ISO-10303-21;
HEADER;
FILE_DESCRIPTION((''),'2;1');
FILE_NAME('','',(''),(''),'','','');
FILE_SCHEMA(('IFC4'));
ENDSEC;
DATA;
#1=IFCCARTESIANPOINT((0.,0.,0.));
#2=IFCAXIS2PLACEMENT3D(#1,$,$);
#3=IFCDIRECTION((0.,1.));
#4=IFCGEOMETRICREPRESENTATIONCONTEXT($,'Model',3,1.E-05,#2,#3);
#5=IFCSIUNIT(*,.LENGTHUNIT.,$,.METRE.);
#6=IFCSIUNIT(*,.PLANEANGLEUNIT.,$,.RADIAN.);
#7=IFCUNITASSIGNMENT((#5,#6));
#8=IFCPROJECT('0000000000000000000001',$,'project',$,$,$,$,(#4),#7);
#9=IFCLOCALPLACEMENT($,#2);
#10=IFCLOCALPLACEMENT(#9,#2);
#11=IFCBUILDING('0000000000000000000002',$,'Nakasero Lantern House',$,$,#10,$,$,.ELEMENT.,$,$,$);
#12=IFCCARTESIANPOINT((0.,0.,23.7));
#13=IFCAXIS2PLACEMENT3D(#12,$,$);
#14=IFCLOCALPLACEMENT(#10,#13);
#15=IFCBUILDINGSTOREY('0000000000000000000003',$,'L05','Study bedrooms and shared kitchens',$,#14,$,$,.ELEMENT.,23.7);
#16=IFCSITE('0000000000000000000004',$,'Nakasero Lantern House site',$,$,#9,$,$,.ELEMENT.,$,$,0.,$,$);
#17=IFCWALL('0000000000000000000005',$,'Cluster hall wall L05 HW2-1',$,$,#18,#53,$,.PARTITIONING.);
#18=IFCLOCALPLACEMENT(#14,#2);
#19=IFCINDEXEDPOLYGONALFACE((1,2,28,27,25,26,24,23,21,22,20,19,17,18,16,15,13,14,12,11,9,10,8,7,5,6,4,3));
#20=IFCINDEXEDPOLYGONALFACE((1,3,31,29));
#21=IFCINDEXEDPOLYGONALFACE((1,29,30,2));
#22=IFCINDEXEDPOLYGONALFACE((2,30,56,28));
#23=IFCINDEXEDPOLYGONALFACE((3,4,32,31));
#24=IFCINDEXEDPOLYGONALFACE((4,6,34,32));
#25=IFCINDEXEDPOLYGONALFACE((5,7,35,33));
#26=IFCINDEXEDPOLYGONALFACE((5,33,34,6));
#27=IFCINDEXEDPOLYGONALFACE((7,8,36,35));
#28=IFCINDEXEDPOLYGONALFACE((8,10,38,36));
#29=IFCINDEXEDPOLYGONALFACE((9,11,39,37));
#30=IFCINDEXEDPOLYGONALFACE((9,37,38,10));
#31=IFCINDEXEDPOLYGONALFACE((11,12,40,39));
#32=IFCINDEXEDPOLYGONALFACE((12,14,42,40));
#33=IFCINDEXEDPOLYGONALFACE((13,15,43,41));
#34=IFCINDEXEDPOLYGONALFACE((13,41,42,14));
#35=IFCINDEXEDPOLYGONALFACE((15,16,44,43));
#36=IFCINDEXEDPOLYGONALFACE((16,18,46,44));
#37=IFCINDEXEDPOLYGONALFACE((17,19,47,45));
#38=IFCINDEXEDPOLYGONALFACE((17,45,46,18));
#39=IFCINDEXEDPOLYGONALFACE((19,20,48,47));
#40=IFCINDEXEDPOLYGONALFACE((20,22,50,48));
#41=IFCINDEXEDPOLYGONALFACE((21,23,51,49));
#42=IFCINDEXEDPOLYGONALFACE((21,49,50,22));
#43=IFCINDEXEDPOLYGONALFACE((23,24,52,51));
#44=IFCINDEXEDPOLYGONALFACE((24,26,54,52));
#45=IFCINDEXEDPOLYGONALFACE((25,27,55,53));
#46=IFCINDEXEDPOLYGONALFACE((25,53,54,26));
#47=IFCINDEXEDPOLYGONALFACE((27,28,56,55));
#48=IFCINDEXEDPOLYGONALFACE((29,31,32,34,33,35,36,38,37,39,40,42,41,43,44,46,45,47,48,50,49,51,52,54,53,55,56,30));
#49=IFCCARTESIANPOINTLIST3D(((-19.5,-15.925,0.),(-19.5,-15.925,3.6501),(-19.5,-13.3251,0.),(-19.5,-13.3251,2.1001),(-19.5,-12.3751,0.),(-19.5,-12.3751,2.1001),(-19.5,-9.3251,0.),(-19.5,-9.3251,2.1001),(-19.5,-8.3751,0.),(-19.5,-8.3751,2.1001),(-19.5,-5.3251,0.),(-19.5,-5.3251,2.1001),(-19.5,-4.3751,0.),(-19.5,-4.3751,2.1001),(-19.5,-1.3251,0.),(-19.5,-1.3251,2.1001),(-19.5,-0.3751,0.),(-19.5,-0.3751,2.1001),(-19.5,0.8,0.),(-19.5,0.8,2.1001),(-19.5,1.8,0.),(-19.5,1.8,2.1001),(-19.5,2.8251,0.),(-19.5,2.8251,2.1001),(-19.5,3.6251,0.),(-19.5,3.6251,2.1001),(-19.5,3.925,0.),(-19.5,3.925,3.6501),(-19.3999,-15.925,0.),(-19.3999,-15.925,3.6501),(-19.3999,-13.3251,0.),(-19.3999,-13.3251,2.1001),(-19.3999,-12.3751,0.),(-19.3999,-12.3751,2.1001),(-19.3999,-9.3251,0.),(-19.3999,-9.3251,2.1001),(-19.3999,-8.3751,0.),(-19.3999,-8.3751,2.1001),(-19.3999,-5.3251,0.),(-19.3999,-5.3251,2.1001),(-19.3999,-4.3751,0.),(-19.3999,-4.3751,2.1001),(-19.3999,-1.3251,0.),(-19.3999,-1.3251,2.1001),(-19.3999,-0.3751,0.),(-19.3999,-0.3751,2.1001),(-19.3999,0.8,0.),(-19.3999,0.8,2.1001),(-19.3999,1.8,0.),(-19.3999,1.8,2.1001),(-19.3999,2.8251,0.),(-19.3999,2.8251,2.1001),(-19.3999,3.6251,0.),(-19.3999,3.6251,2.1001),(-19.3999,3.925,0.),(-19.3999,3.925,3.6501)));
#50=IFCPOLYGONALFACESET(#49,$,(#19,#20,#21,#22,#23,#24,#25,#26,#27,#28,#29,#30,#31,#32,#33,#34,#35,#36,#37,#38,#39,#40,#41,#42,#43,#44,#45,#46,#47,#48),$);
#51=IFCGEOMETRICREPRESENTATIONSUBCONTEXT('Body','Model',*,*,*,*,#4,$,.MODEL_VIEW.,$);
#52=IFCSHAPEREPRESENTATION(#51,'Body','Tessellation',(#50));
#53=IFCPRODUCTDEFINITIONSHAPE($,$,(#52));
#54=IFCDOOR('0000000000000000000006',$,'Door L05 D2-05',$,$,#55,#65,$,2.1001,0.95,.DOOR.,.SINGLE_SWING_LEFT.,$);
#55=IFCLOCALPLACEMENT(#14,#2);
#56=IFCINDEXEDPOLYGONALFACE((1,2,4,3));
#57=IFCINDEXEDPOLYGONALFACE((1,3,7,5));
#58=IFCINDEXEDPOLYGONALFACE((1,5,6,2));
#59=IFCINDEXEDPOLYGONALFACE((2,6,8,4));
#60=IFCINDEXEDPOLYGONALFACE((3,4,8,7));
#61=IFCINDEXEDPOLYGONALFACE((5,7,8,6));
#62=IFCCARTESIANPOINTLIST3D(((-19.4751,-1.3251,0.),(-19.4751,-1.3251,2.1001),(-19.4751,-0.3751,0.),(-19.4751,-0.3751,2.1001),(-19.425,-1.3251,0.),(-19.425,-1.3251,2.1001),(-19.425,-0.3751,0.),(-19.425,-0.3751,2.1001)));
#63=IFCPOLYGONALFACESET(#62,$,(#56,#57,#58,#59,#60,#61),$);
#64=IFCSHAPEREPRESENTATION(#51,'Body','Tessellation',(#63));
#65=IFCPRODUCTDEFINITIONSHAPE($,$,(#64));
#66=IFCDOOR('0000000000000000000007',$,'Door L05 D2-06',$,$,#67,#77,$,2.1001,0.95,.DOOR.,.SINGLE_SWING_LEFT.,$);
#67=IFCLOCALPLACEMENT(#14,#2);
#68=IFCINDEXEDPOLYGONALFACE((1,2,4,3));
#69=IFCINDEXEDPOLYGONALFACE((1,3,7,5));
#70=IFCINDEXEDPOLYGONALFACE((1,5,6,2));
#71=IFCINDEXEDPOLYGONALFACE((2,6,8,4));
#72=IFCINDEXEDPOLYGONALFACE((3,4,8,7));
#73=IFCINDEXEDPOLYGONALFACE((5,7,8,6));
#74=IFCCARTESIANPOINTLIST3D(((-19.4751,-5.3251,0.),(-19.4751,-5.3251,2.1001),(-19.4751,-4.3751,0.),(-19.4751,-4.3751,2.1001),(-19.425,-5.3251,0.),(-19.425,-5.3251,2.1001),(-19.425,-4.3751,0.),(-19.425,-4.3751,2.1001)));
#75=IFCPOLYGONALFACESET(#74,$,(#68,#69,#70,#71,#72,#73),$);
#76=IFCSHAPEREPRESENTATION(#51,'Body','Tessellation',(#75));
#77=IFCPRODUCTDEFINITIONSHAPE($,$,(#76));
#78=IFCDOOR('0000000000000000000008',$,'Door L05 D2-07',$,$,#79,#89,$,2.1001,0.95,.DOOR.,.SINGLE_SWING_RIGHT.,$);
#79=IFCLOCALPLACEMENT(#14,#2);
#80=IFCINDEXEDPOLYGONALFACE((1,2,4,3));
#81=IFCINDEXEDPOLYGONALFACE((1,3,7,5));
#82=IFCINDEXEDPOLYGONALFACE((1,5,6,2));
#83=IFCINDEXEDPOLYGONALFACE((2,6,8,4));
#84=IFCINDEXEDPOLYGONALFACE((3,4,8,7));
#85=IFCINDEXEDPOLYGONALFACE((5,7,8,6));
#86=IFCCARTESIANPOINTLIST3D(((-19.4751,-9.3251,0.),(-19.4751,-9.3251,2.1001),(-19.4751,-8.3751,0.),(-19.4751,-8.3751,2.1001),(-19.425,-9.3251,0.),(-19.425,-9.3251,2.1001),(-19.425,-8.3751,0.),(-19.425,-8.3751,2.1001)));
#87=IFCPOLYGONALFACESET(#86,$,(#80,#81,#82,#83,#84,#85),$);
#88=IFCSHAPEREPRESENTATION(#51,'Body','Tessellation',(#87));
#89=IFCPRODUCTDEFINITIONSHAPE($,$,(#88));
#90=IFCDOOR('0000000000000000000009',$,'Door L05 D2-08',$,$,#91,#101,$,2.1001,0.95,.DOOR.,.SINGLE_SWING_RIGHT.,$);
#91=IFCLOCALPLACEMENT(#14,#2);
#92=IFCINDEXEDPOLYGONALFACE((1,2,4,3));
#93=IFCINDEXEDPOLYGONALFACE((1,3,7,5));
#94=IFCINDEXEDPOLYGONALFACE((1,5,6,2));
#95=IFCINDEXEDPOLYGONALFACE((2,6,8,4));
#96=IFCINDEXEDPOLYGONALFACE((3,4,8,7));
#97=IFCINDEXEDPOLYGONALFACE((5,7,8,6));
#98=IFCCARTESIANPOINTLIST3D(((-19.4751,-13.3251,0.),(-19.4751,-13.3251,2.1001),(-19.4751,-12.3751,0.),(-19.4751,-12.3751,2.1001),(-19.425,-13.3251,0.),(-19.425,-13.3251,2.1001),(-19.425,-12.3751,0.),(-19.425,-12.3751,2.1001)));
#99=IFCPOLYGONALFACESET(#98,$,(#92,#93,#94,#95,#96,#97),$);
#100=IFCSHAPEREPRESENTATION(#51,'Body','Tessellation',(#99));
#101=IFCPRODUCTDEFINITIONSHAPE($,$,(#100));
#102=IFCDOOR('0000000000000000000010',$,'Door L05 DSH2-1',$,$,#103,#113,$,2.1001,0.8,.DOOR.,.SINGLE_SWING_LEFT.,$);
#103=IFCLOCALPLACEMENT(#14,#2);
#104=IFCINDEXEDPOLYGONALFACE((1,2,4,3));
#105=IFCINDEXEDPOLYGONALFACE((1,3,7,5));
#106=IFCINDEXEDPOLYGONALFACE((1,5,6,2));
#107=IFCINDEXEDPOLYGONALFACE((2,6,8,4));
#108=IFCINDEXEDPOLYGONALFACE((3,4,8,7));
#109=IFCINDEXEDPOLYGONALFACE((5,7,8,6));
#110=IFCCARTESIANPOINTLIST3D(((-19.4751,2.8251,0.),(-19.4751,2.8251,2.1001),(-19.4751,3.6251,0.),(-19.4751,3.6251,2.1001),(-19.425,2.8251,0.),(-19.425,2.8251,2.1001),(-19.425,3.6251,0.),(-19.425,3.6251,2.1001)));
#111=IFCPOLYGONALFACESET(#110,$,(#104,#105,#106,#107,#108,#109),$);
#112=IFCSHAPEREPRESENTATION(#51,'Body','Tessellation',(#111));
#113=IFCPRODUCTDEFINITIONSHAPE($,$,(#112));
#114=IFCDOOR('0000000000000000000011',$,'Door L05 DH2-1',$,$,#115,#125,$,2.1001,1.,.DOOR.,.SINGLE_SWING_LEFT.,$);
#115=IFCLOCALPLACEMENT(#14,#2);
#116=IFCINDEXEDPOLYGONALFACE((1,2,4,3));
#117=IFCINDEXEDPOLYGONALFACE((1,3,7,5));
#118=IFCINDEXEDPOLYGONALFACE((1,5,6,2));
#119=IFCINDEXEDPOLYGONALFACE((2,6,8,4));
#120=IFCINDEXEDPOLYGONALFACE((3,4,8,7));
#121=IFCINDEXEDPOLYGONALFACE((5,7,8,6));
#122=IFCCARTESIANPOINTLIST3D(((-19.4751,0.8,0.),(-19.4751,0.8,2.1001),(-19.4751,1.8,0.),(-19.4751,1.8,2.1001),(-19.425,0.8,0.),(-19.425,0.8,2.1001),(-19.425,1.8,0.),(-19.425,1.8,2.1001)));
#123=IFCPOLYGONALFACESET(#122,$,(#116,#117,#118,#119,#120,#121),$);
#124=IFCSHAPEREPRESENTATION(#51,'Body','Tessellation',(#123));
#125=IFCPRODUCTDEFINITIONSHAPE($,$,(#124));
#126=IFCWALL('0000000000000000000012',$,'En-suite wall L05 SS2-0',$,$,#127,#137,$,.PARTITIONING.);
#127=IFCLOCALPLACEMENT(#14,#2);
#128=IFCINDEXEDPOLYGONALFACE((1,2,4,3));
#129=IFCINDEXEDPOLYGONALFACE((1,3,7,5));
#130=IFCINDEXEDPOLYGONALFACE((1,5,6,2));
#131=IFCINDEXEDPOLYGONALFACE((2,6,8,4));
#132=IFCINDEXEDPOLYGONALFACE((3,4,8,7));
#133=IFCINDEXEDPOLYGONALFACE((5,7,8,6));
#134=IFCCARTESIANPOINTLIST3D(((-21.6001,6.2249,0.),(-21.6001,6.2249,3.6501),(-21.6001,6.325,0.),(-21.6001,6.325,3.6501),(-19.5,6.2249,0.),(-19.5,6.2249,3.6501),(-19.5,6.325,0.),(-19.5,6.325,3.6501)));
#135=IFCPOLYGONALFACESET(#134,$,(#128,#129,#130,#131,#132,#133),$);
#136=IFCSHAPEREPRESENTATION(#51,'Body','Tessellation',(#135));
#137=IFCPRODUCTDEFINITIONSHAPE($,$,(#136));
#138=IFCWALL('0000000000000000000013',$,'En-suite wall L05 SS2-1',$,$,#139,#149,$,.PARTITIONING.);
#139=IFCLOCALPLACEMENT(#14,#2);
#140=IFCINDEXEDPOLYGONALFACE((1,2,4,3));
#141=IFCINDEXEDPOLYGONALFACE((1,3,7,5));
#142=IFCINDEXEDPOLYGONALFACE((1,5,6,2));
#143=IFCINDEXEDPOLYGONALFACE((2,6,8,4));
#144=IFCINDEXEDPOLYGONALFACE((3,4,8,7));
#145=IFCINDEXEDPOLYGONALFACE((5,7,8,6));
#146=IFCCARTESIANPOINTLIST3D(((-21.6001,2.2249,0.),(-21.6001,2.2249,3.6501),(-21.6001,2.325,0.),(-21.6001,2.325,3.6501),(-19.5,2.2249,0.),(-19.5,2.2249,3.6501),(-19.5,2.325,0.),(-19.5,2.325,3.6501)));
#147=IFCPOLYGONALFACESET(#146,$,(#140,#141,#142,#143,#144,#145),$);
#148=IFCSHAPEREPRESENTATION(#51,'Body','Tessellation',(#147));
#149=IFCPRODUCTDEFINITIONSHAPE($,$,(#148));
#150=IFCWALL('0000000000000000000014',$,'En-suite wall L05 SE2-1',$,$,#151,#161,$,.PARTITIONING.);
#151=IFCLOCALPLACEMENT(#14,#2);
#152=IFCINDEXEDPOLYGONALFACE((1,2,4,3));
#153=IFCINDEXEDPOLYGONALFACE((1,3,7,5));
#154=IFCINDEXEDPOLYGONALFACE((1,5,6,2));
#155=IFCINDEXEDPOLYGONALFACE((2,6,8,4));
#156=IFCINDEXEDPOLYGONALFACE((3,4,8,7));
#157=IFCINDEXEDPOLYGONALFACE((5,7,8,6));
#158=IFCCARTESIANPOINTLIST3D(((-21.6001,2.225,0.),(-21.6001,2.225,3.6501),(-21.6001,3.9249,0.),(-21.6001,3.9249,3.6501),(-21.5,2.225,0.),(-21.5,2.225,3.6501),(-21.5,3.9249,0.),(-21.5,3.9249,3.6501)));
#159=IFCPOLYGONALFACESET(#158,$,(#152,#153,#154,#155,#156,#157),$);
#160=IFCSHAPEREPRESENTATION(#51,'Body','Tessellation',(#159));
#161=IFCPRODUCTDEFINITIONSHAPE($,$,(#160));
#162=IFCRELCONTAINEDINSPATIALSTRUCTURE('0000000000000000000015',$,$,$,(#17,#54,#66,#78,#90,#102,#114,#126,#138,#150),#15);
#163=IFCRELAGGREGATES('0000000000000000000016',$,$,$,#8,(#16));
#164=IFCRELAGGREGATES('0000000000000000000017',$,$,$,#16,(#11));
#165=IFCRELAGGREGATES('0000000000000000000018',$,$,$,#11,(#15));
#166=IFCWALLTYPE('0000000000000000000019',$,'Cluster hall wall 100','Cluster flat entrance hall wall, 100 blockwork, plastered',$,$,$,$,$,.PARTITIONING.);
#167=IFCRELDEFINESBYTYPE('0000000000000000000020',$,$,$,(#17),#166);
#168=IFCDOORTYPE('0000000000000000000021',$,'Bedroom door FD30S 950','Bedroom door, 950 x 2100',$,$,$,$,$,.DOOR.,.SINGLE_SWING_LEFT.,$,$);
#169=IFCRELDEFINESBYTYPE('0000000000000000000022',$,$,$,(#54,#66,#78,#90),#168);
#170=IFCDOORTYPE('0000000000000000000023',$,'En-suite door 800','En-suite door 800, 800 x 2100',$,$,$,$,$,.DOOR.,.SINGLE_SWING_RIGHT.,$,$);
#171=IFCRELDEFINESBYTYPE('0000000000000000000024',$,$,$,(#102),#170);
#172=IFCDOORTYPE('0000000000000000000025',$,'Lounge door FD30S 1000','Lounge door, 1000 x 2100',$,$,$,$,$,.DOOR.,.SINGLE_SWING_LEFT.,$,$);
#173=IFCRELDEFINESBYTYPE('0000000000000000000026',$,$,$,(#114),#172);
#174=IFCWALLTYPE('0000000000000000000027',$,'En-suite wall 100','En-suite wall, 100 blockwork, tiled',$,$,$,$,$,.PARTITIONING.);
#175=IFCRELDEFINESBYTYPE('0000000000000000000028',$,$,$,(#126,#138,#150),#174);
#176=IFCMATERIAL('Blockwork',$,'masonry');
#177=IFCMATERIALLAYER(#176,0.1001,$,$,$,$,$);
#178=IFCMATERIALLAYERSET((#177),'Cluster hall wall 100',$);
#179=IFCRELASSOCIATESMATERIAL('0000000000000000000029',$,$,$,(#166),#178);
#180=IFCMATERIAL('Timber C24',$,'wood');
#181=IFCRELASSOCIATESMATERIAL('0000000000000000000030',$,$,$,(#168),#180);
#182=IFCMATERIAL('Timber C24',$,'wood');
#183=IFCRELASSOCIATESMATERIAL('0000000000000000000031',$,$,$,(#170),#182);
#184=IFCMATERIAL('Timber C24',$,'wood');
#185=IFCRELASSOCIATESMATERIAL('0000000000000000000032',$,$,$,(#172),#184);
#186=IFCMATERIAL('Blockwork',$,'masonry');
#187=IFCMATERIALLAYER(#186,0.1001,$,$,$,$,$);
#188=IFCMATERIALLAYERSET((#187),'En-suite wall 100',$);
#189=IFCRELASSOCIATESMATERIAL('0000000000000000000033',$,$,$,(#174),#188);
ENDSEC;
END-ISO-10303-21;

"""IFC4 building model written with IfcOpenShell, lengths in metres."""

from ifc_helpers import new_model, si_unit, direction, frame, frame_2d, origin, place, context, subcontext, project, spatial, rectangle, extrude, material, layer, layer_set, type_object, element, fill, save


model = new_model("IFC4")

# Units and contexts
model_context = context("Model", 3, precision=1e-05, world=origin(), true_north=direction((0.0, 1.0)))
body_context = subcontext(model_context, "Body", "Model", "MODEL_VIEW")
ifc_project = project(units=[si_unit("LENGTHUNIT", "METRE"), si_unit("PLANEANGLEUNIT", "RADIAN")], contexts=[model_context])

# Site, building, storey
site_placement = place(None, origin())
site = spatial("IfcSite", under=ifc_project, at=site_placement, Name="Nakasero Lantern House site", CompositionType="ELEMENT", RefElevation=0.0)
building_placement = place(site_placement, origin())
building = spatial("IfcBuilding", under=site, at=building_placement, Name="Nakasero Lantern House", CompositionType="ELEMENT")
storey_placement = place(building_placement, frame((0.0, 0.0, 23.7)))
storey = spatial("IfcBuildingStorey", under=building, at=storey_placement, Name="L05", Description="Study bedrooms and shared kitchens", CompositionType="ELEMENT", Elevation=23.7)

# Wall, openings, doors
ifc_material_1 = material(Name="Blockwork", Category="masonry")
ifc_layer_1 = layer(ifc_material_1, 0.1001)
ifc_layer_set_1 = layer_set([ifc_layer_1], Name="Cluster hall wall 100")
wall_type_1 = type_object("IfcWallType", Name="Cluster hall wall 100", Description="Cluster flat entrance hall wall, 100 blockwork, plastered", PredefinedType="PARTITIONING", material=ifc_layer_set_1)
wall_1_placement = place(storey_placement, frame((-19.45, 3.925, 0.0), z_axis=(0.0, 0.0, 1.0), x_axis=(0.0, -1.0, 0.0)))
wall_1 = element("IfcWall", 1, at=wall_1_placement, inside=storey, type_object=wall_type_1, Name="Cluster hall wall L05 HW2-1", PredefinedType="PARTITIONING", context=body_context, shape_type="SweptSolid", body=[
    extrude(rectangle(XDim=19.8501, YDim=0.1001, at=frame_2d((9.925, 0.0))), origin(), (0.0, 0.0, 1.0), 3.6501),
])
opening_1_placement = place(wall_1_placement, frame((2.125, 0.0, 0.0)))
opening_1 = element("IfcOpeningElement", 2, at=opening_1_placement, cuts=wall_1, PredefinedType="OPENING", context=body_context, shape_type="SweptSolid", body=[
    extrude(rectangle(XDim=1.0, YDim=2.1001, at=frame_2d((0.5, 1.05))), frame((0.0, 0.0701, 0.0), z_axis=(0.0, -1.0, 0.0), x_axis=(1.0, 0.0, 0.0)), (0.0, 0.0, 1.0), 0.1401),
])
opening_2_placement = place(wall_1_placement, frame((0.3, 0.0, 0.0)))
opening_2 = element("IfcOpeningElement", 3, at=opening_2_placement, cuts=wall_1, PredefinedType="OPENING", context=body_context, shape_type="SweptSolid", body=[
    extrude(rectangle(XDim=0.8, YDim=2.1001, at=frame_2d((0.3999, 1.05))), frame((0.0, 0.0701, 0.0), z_axis=(0.0, -1.0, 0.0), x_axis=(1.0, 0.0, 0.0)), (0.0, 0.0, 1.0), 0.1401),
])
opening_3_placement = place(wall_1_placement, frame((4.3, 0.0, 0.0)))
opening_3 = element("IfcOpeningElement", 4, at=opening_3_placement, cuts=wall_1, PredefinedType="OPENING", context=body_context, shape_type="SweptSolid", body=[
    extrude(rectangle(XDim=0.95, YDim=2.1001, at=frame_2d((0.4751, 1.05))), frame((0.0, 0.0701, 0.0), z_axis=(0.0, -1.0, 0.0), x_axis=(1.0, 0.0, 0.0)), (0.0, 0.0, 1.0), 0.1401),
])
opening_4_placement = place(wall_1_placement, frame((8.3, 0.0, 0.0)))
opening_4 = element("IfcOpeningElement", 5, at=opening_4_placement, cuts=wall_1, PredefinedType="OPENING", context=body_context, shape_type="SweptSolid", body=[
    extrude(rectangle(XDim=0.95, YDim=2.1001, at=frame_2d((0.4751, 1.05))), frame((0.0, 0.0701, 0.0), z_axis=(0.0, -1.0, 0.0), x_axis=(1.0, 0.0, 0.0)), (0.0, 0.0, 1.0), 0.1401),
])
opening_5_placement = place(wall_1_placement, frame((12.3, 0.0, 0.0)))
opening_5 = element("IfcOpeningElement", 6, at=opening_5_placement, cuts=wall_1, PredefinedType="OPENING", context=body_context, shape_type="SweptSolid", body=[
    extrude(rectangle(XDim=0.95, YDim=2.1001, at=frame_2d((0.4751, 1.05))), frame((0.0, 0.0701, 0.0), z_axis=(0.0, -1.0, 0.0), x_axis=(1.0, 0.0, 0.0)), (0.0, 0.0, 1.0), 0.1401),
])
opening_6_placement = place(wall_1_placement, frame((16.3, 0.0, 0.0)))
opening_6 = element("IfcOpeningElement", 7, at=opening_6_placement, cuts=wall_1, PredefinedType="OPENING", context=body_context, shape_type="SweptSolid", body=[
    extrude(rectangle(XDim=0.95, YDim=2.1001, at=frame_2d((0.4751, 1.05))), frame((0.0, 0.0701, 0.0), z_axis=(0.0, -1.0, 0.0), x_axis=(1.0, 0.0, 0.0)), (0.0, 0.0, 1.0), 0.1401),
])
ifc_material_2 = material(Name="Timber C24", Category="wood")
door_type_1 = type_object("IfcDoorType", Name="Bedroom door FD30S 950", Description="Bedroom door, 950 x 2100", OperationType="SINGLE_SWING_LEFT", PredefinedType="DOOR", material=ifc_material_2)
door_1_placement = place(opening_3_placement, origin())
door_1 = element("IfcDoor", 8, at=door_1_placement, inside=storey, type_object=door_type_1, Name="Door L05 D2-05", OperationType="SINGLE_SWING_LEFT", OverallHeight=2.1001, OverallWidth=0.95, PredefinedType="DOOR", context=body_context, shape_type="SweptSolid", body=[
    extrude(rectangle(XDim=0.95, YDim=2.1001, at=frame_2d((0.4751, 1.05))), frame((0.0, 0.0249, 0.0), z_axis=(0.0, -1.0, 0.0), x_axis=(1.0, 0.0, 0.0)), (0.0, 0.0, 1.0), 0.05),
])
fill(opening_3, door_1)
door_2_placement = place(opening_4_placement, origin())
door_2 = element("IfcDoor", 9, at=door_2_placement, inside=storey, type_object=door_type_1, Name="Door L05 D2-06", OperationType="SINGLE_SWING_LEFT", OverallHeight=2.1001, OverallWidth=0.95, PredefinedType="DOOR", context=body_context, shape_type="SweptSolid", body=[
    extrude(rectangle(XDim=0.95, YDim=2.1001, at=frame_2d((0.4751, 1.05))), frame((0.0, 0.0249, 0.0), z_axis=(0.0, -1.0, 0.0), x_axis=(1.0, 0.0, 0.0)), (0.0, 0.0, 1.0), 0.05),
])
fill(opening_4, door_2)
door_3_placement = place(opening_5_placement, origin())
door_3 = element("IfcDoor", 10, at=door_3_placement, inside=storey, type_object=door_type_1, Name="Door L05 D2-07", OperationType="SINGLE_SWING_RIGHT", OverallHeight=2.1001, OverallWidth=0.95, PredefinedType="DOOR", context=body_context, shape_type="SweptSolid", body=[
    extrude(rectangle(XDim=0.95, YDim=2.1001, at=frame_2d((0.4751, 1.05))), frame((0.0, 0.0249, 0.0), z_axis=(0.0, -1.0, 0.0), x_axis=(1.0, 0.0, 0.0)), (0.0, 0.0, 1.0), 0.05),
])
fill(opening_5, door_3)
door_4_placement = place(opening_6_placement, origin())
door_4 = element("IfcDoor", 11, at=door_4_placement, inside=storey, type_object=door_type_1, Name="Door L05 D2-08", OperationType="SINGLE_SWING_RIGHT", OverallHeight=2.1001, OverallWidth=0.95, PredefinedType="DOOR", context=body_context, shape_type="SweptSolid", body=[
    extrude(rectangle(XDim=0.95, YDim=2.1001, at=frame_2d((0.4751, 1.05))), frame((0.0, 0.0249, 0.0), z_axis=(0.0, -1.0, 0.0), x_axis=(1.0, 0.0, 0.0)), (0.0, 0.0, 1.0), 0.05),
])
fill(opening_6, door_4)
ifc_material_3 = material(Name="Timber C24", Category="wood")
door_type_2 = type_object("IfcDoorType", Name="En-suite door 800", Description="En-suite door 800, 800 x 2100", OperationType="SINGLE_SWING_RIGHT", PredefinedType="DOOR", material=ifc_material_3)
door_5_placement = place(opening_2_placement, origin())
door_5 = element("IfcDoor", 12, at=door_5_placement, inside=storey, type_object=door_type_2, Name="Door L05 DSH2-1", OperationType="SINGLE_SWING_LEFT", OverallHeight=2.1001, OverallWidth=0.8, PredefinedType="DOOR", context=body_context, shape_type="SweptSolid", body=[
    extrude(rectangle(XDim=0.8, YDim=2.1001, at=frame_2d((0.3999, 1.05))), frame((0.0, 0.0249, 0.0), z_axis=(0.0, -1.0, 0.0), x_axis=(1.0, 0.0, 0.0)), (0.0, 0.0, 1.0), 0.05),
])
fill(opening_2, door_5)
ifc_material_4 = material(Name="Timber C24", Category="wood")
door_type_3 = type_object("IfcDoorType", Name="Lounge door FD30S 1000", Description="Lounge door, 1000 x 2100", OperationType="SINGLE_SWING_LEFT", PredefinedType="DOOR", material=ifc_material_4)
door_6_placement = place(opening_1_placement, origin())
door_6 = element("IfcDoor", 13, at=door_6_placement, inside=storey, type_object=door_type_3, Name="Door L05 DH2-1", OperationType="SINGLE_SWING_LEFT", OverallHeight=2.1001, OverallWidth=1.0, PredefinedType="DOOR", context=body_context, shape_type="SweptSolid", body=[
    extrude(rectangle(XDim=1.0, YDim=2.1001, at=frame_2d((0.5, 1.05))), frame((0.0, 0.0249, 0.0), z_axis=(0.0, -1.0, 0.0), x_axis=(1.0, 0.0, 0.0)), (0.0, 0.0, 1.0), 0.05),
])
fill(opening_1, door_6)

# Walls
ifc_material_5 = material(Name="Blockwork", Category="masonry")
ifc_layer_2 = layer(ifc_material_5, 0.1001)
ifc_layer_set_2 = layer_set([ifc_layer_2], Name="En-suite wall 100")
wall_type_2 = type_object("IfcWallType", Name="En-suite wall 100", Description="En-suite wall, 100 blockwork, tiled", PredefinedType="PARTITIONING", material=ifc_layer_set_2)
for number, where, z_axis, x_axis, name in (
    (14, (-19.5, 6.2749, 0.0), (0.0, 0.0, 1.0), (-1.0, 0.0, 0.0), "En-suite wall L05 SS2-0"),
    (15, (-19.5, 2.2749, 0.0), (0.0, 0.0, 1.0), (-1.0, 0.0, 0.0), "En-suite wall L05 SS2-1"),
):
    element("IfcWall", number, at=place(storey_placement, frame(where, z_axis=z_axis, x_axis=x_axis)), inside=storey, type_object=wall_type_2, Name=name, PredefinedType="PARTITIONING", context=body_context, shape_type="SweptSolid", body=[
        extrude(rectangle(XDim=2.1001, YDim=0.1001, at=frame_2d((1.05, 0.0))), origin(), (0.0, 0.0, 1.0), 3.6501),
    ])
wall_2_placement = place(storey_placement, frame((-21.55, 3.925, 0.0), z_axis=(0.0, 0.0, 1.0), x_axis=(0.0, -1.0, 0.0)))
element("IfcWall", 16, at=wall_2_placement, inside=storey, type_object=wall_type_2, Name="En-suite wall L05 SE2-1", PredefinedType="PARTITIONING", context=body_context, shape_type="SweptSolid", body=[
    extrude(rectangle(XDim=1.7, YDim=0.1001, at=frame_2d((0.8501, 0.0))), origin(), (0.0, 0.0, 1.0), 3.6501),
])

save(model, "model.ifc")
